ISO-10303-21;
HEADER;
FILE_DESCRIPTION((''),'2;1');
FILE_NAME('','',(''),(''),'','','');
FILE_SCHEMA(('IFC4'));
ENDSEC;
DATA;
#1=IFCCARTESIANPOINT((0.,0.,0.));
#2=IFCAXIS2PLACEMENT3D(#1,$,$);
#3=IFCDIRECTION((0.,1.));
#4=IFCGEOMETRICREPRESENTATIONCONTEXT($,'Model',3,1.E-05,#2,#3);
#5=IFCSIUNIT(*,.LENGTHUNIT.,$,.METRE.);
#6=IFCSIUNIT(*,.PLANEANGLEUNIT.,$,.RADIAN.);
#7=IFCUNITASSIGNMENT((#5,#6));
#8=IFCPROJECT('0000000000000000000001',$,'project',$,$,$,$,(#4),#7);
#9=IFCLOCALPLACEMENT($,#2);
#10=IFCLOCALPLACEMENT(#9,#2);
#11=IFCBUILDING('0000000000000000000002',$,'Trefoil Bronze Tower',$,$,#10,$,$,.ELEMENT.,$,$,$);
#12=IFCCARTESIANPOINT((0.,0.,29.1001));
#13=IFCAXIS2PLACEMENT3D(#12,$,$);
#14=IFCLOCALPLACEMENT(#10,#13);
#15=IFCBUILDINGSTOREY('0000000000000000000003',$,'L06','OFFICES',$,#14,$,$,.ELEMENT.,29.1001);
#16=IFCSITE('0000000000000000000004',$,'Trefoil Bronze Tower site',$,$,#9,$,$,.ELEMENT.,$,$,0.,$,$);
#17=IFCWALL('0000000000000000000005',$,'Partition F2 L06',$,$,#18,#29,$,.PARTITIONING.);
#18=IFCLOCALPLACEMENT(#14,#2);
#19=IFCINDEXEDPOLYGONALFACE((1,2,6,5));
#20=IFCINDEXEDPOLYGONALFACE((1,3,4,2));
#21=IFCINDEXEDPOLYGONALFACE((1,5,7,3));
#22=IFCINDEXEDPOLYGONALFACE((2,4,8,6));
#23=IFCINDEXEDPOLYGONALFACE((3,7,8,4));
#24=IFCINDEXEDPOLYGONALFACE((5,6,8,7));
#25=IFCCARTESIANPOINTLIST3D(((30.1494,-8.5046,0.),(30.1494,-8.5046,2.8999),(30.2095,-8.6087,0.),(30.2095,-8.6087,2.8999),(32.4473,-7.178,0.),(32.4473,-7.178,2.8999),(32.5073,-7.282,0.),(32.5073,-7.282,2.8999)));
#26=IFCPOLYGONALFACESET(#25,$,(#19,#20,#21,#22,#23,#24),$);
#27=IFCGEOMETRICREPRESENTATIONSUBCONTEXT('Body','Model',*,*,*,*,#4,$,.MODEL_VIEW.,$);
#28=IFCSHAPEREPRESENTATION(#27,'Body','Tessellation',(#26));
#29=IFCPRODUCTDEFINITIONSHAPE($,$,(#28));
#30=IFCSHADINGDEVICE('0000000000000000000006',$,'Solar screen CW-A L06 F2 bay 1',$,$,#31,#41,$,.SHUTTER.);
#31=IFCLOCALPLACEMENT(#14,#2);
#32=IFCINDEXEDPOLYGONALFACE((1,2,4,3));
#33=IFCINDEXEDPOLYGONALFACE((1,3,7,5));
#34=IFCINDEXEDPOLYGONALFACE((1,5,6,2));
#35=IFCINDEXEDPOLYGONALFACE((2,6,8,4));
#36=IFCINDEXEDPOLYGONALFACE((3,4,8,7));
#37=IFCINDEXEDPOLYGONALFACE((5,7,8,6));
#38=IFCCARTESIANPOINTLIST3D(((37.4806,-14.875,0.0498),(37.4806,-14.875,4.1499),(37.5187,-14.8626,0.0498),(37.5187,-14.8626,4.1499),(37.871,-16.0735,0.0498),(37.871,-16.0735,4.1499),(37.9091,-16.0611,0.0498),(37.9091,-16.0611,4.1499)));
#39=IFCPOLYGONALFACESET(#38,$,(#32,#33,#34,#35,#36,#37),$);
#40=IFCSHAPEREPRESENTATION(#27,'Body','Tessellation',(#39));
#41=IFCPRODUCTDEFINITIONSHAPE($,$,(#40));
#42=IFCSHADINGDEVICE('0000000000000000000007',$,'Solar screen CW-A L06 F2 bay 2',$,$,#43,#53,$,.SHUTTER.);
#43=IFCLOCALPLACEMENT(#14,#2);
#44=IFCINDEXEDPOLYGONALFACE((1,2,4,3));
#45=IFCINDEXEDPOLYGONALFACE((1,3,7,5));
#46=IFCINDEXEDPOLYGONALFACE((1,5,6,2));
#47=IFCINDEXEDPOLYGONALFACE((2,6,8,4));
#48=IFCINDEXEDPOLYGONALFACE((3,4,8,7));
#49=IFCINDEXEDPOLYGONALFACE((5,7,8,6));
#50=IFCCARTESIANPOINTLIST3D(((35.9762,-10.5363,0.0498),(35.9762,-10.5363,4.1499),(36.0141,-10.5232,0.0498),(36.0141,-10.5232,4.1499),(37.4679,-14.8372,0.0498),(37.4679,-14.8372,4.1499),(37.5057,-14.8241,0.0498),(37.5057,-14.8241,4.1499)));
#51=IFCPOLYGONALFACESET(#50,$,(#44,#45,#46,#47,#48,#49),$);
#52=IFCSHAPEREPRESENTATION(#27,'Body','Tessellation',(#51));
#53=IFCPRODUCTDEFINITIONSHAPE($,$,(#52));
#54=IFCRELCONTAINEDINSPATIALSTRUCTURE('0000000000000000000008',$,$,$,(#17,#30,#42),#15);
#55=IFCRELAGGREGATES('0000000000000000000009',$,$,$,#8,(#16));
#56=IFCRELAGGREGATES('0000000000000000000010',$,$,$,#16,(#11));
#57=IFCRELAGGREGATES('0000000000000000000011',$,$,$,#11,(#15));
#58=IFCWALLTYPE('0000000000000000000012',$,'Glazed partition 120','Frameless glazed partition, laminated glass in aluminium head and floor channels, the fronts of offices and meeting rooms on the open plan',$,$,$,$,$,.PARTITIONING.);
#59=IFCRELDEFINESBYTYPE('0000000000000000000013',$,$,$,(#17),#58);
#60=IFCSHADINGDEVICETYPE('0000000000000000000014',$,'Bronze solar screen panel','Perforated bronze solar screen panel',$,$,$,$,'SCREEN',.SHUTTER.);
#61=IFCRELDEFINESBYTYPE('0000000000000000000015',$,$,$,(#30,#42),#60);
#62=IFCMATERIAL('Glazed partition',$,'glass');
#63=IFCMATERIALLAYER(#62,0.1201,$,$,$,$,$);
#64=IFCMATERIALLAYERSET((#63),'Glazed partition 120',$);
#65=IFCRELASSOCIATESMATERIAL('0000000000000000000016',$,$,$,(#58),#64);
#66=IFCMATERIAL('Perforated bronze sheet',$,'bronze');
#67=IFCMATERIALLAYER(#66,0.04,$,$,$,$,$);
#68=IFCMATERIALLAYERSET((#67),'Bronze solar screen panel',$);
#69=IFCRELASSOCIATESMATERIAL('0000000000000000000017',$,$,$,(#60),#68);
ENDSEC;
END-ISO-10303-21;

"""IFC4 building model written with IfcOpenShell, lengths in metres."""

from ifc_helpers import new_model, si_unit, direction, frame, frame_2d, origin, origin_2d, place, context, subcontext, project, spatial, rectangle, extrude, material, layer, layer_set, type_object, element, save


model = new_model("IFC4")

# Units and contexts
model_context = context("Model", 3, precision=1e-05, world=origin(), true_north=direction((0.0, 1.0)))
body_context = subcontext(model_context, "Body", "Model", "MODEL_VIEW")
ifc_project = project(units=[si_unit("LENGTHUNIT", "METRE"), si_unit("PLANEANGLEUNIT", "RADIAN")], contexts=[model_context])

# Site, building, storey
site_placement = place(None, origin())
site = spatial("IfcSite", under=ifc_project, at=site_placement, Name="Trefoil Bronze Tower site", CompositionType="ELEMENT", RefElevation=0.0)
building_placement = place(site_placement, origin())
building = spatial("IfcBuilding", under=site, at=building_placement, Name="Trefoil Bronze Tower", CompositionType="ELEMENT")
storey_placement = place(building_placement, frame((0.0, 0.0, 29.1001)))
storey = spatial("IfcBuildingStorey", under=building, at=storey_placement, Name="L06", Description="OFFICES", CompositionType="ELEMENT", Elevation=29.1001)

# Shared definitions
ifc_material_1 = material(Name="Glazed partition", Category="glass")
ifc_layer_1 = layer(ifc_material_1, 0.1201)
ifc_layer_set_1 = layer_set([ifc_layer_1], Name="Glazed partition 120")
wall_type = type_object("IfcWallType", Name="Glazed partition 120", Description="Frameless glazed partition, laminated glass in aluminium head and floor channels, the fronts of offices and meeting rooms on the open plan", PredefinedType="PARTITIONING", material=ifc_layer_set_1)

# Wall
wall_1_placement = place(storey_placement, frame((30.1794, -8.5566, 0.0), z_axis=(0.0, 0.0, 1.0), x_axis=(0.866026, 0.499999, 0.0)))
element("IfcWall", 1, at=wall_1_placement, inside=storey, type_object=wall_type, Name="Partition F2 L06", PredefinedType="PARTITIONING", context=body_context, shape_type="SweptSolid", body=[
    extrude(rectangle(XDim=2.6533, YDim=0.1201, at=frame_2d((1.3267, 0.0))), origin(), (0.0, 0.0, 1.0), 2.8999),
])

# Shading devices
ifc_material_2 = material(Name="Perforated bronze sheet", Category="bronze")
ifc_layer_2 = layer(ifc_material_2, 0.04)
ifc_layer_set_2 = layer_set([ifc_layer_2], Name="Bronze solar screen panel")
shading_device_type = type_object("IfcShadingDeviceType", Name="Bronze solar screen panel", Description="Perforated bronze solar screen panel", ElementType="SCREEN", PredefinedType="SHUTTER", material=ifc_layer_set_2)
shading_device_1_placement = place(storey_placement, frame((37.6948, -15.468, 0.0498), z_axis=(0.0, 0.0, 1.0), x_axis=(-0.309728, 0.950825, 0.0)))
element("IfcShadingDevice", 2, at=shading_device_1_placement, inside=storey, type_object=shading_device_type, Name="Solar screen CW-A L06 F2 bay 1", PredefinedType="SHUTTER", context=body_context, shape_type="SweptSolid", body=[
    extrude(rectangle(XDim=1.2605, YDim=0.04, at=origin_2d()), origin(), (0.0, 0.0, 1.0), 4.1001),
])
shading_device_2_placement = place(storey_placement, frame((36.741, -12.6802, 0.0498), z_axis=(0.0, 0.0, 1.0), x_axis=(-0.327674, 0.944791, 0.0)))
element("IfcShadingDevice", 3, at=shading_device_2_placement, inside=storey, type_object=shading_device_type, Name="Solar screen CW-A L06 F2 bay 2", PredefinedType="SHUTTER", context=body_context, shape_type="SweptSolid", body=[
    extrude(rectangle(XDim=4.5522, YDim=0.04, at=origin_2d()), origin(), (0.0, 0.0, 1.0), 4.1001),
])

save(model, "model.ifc")
